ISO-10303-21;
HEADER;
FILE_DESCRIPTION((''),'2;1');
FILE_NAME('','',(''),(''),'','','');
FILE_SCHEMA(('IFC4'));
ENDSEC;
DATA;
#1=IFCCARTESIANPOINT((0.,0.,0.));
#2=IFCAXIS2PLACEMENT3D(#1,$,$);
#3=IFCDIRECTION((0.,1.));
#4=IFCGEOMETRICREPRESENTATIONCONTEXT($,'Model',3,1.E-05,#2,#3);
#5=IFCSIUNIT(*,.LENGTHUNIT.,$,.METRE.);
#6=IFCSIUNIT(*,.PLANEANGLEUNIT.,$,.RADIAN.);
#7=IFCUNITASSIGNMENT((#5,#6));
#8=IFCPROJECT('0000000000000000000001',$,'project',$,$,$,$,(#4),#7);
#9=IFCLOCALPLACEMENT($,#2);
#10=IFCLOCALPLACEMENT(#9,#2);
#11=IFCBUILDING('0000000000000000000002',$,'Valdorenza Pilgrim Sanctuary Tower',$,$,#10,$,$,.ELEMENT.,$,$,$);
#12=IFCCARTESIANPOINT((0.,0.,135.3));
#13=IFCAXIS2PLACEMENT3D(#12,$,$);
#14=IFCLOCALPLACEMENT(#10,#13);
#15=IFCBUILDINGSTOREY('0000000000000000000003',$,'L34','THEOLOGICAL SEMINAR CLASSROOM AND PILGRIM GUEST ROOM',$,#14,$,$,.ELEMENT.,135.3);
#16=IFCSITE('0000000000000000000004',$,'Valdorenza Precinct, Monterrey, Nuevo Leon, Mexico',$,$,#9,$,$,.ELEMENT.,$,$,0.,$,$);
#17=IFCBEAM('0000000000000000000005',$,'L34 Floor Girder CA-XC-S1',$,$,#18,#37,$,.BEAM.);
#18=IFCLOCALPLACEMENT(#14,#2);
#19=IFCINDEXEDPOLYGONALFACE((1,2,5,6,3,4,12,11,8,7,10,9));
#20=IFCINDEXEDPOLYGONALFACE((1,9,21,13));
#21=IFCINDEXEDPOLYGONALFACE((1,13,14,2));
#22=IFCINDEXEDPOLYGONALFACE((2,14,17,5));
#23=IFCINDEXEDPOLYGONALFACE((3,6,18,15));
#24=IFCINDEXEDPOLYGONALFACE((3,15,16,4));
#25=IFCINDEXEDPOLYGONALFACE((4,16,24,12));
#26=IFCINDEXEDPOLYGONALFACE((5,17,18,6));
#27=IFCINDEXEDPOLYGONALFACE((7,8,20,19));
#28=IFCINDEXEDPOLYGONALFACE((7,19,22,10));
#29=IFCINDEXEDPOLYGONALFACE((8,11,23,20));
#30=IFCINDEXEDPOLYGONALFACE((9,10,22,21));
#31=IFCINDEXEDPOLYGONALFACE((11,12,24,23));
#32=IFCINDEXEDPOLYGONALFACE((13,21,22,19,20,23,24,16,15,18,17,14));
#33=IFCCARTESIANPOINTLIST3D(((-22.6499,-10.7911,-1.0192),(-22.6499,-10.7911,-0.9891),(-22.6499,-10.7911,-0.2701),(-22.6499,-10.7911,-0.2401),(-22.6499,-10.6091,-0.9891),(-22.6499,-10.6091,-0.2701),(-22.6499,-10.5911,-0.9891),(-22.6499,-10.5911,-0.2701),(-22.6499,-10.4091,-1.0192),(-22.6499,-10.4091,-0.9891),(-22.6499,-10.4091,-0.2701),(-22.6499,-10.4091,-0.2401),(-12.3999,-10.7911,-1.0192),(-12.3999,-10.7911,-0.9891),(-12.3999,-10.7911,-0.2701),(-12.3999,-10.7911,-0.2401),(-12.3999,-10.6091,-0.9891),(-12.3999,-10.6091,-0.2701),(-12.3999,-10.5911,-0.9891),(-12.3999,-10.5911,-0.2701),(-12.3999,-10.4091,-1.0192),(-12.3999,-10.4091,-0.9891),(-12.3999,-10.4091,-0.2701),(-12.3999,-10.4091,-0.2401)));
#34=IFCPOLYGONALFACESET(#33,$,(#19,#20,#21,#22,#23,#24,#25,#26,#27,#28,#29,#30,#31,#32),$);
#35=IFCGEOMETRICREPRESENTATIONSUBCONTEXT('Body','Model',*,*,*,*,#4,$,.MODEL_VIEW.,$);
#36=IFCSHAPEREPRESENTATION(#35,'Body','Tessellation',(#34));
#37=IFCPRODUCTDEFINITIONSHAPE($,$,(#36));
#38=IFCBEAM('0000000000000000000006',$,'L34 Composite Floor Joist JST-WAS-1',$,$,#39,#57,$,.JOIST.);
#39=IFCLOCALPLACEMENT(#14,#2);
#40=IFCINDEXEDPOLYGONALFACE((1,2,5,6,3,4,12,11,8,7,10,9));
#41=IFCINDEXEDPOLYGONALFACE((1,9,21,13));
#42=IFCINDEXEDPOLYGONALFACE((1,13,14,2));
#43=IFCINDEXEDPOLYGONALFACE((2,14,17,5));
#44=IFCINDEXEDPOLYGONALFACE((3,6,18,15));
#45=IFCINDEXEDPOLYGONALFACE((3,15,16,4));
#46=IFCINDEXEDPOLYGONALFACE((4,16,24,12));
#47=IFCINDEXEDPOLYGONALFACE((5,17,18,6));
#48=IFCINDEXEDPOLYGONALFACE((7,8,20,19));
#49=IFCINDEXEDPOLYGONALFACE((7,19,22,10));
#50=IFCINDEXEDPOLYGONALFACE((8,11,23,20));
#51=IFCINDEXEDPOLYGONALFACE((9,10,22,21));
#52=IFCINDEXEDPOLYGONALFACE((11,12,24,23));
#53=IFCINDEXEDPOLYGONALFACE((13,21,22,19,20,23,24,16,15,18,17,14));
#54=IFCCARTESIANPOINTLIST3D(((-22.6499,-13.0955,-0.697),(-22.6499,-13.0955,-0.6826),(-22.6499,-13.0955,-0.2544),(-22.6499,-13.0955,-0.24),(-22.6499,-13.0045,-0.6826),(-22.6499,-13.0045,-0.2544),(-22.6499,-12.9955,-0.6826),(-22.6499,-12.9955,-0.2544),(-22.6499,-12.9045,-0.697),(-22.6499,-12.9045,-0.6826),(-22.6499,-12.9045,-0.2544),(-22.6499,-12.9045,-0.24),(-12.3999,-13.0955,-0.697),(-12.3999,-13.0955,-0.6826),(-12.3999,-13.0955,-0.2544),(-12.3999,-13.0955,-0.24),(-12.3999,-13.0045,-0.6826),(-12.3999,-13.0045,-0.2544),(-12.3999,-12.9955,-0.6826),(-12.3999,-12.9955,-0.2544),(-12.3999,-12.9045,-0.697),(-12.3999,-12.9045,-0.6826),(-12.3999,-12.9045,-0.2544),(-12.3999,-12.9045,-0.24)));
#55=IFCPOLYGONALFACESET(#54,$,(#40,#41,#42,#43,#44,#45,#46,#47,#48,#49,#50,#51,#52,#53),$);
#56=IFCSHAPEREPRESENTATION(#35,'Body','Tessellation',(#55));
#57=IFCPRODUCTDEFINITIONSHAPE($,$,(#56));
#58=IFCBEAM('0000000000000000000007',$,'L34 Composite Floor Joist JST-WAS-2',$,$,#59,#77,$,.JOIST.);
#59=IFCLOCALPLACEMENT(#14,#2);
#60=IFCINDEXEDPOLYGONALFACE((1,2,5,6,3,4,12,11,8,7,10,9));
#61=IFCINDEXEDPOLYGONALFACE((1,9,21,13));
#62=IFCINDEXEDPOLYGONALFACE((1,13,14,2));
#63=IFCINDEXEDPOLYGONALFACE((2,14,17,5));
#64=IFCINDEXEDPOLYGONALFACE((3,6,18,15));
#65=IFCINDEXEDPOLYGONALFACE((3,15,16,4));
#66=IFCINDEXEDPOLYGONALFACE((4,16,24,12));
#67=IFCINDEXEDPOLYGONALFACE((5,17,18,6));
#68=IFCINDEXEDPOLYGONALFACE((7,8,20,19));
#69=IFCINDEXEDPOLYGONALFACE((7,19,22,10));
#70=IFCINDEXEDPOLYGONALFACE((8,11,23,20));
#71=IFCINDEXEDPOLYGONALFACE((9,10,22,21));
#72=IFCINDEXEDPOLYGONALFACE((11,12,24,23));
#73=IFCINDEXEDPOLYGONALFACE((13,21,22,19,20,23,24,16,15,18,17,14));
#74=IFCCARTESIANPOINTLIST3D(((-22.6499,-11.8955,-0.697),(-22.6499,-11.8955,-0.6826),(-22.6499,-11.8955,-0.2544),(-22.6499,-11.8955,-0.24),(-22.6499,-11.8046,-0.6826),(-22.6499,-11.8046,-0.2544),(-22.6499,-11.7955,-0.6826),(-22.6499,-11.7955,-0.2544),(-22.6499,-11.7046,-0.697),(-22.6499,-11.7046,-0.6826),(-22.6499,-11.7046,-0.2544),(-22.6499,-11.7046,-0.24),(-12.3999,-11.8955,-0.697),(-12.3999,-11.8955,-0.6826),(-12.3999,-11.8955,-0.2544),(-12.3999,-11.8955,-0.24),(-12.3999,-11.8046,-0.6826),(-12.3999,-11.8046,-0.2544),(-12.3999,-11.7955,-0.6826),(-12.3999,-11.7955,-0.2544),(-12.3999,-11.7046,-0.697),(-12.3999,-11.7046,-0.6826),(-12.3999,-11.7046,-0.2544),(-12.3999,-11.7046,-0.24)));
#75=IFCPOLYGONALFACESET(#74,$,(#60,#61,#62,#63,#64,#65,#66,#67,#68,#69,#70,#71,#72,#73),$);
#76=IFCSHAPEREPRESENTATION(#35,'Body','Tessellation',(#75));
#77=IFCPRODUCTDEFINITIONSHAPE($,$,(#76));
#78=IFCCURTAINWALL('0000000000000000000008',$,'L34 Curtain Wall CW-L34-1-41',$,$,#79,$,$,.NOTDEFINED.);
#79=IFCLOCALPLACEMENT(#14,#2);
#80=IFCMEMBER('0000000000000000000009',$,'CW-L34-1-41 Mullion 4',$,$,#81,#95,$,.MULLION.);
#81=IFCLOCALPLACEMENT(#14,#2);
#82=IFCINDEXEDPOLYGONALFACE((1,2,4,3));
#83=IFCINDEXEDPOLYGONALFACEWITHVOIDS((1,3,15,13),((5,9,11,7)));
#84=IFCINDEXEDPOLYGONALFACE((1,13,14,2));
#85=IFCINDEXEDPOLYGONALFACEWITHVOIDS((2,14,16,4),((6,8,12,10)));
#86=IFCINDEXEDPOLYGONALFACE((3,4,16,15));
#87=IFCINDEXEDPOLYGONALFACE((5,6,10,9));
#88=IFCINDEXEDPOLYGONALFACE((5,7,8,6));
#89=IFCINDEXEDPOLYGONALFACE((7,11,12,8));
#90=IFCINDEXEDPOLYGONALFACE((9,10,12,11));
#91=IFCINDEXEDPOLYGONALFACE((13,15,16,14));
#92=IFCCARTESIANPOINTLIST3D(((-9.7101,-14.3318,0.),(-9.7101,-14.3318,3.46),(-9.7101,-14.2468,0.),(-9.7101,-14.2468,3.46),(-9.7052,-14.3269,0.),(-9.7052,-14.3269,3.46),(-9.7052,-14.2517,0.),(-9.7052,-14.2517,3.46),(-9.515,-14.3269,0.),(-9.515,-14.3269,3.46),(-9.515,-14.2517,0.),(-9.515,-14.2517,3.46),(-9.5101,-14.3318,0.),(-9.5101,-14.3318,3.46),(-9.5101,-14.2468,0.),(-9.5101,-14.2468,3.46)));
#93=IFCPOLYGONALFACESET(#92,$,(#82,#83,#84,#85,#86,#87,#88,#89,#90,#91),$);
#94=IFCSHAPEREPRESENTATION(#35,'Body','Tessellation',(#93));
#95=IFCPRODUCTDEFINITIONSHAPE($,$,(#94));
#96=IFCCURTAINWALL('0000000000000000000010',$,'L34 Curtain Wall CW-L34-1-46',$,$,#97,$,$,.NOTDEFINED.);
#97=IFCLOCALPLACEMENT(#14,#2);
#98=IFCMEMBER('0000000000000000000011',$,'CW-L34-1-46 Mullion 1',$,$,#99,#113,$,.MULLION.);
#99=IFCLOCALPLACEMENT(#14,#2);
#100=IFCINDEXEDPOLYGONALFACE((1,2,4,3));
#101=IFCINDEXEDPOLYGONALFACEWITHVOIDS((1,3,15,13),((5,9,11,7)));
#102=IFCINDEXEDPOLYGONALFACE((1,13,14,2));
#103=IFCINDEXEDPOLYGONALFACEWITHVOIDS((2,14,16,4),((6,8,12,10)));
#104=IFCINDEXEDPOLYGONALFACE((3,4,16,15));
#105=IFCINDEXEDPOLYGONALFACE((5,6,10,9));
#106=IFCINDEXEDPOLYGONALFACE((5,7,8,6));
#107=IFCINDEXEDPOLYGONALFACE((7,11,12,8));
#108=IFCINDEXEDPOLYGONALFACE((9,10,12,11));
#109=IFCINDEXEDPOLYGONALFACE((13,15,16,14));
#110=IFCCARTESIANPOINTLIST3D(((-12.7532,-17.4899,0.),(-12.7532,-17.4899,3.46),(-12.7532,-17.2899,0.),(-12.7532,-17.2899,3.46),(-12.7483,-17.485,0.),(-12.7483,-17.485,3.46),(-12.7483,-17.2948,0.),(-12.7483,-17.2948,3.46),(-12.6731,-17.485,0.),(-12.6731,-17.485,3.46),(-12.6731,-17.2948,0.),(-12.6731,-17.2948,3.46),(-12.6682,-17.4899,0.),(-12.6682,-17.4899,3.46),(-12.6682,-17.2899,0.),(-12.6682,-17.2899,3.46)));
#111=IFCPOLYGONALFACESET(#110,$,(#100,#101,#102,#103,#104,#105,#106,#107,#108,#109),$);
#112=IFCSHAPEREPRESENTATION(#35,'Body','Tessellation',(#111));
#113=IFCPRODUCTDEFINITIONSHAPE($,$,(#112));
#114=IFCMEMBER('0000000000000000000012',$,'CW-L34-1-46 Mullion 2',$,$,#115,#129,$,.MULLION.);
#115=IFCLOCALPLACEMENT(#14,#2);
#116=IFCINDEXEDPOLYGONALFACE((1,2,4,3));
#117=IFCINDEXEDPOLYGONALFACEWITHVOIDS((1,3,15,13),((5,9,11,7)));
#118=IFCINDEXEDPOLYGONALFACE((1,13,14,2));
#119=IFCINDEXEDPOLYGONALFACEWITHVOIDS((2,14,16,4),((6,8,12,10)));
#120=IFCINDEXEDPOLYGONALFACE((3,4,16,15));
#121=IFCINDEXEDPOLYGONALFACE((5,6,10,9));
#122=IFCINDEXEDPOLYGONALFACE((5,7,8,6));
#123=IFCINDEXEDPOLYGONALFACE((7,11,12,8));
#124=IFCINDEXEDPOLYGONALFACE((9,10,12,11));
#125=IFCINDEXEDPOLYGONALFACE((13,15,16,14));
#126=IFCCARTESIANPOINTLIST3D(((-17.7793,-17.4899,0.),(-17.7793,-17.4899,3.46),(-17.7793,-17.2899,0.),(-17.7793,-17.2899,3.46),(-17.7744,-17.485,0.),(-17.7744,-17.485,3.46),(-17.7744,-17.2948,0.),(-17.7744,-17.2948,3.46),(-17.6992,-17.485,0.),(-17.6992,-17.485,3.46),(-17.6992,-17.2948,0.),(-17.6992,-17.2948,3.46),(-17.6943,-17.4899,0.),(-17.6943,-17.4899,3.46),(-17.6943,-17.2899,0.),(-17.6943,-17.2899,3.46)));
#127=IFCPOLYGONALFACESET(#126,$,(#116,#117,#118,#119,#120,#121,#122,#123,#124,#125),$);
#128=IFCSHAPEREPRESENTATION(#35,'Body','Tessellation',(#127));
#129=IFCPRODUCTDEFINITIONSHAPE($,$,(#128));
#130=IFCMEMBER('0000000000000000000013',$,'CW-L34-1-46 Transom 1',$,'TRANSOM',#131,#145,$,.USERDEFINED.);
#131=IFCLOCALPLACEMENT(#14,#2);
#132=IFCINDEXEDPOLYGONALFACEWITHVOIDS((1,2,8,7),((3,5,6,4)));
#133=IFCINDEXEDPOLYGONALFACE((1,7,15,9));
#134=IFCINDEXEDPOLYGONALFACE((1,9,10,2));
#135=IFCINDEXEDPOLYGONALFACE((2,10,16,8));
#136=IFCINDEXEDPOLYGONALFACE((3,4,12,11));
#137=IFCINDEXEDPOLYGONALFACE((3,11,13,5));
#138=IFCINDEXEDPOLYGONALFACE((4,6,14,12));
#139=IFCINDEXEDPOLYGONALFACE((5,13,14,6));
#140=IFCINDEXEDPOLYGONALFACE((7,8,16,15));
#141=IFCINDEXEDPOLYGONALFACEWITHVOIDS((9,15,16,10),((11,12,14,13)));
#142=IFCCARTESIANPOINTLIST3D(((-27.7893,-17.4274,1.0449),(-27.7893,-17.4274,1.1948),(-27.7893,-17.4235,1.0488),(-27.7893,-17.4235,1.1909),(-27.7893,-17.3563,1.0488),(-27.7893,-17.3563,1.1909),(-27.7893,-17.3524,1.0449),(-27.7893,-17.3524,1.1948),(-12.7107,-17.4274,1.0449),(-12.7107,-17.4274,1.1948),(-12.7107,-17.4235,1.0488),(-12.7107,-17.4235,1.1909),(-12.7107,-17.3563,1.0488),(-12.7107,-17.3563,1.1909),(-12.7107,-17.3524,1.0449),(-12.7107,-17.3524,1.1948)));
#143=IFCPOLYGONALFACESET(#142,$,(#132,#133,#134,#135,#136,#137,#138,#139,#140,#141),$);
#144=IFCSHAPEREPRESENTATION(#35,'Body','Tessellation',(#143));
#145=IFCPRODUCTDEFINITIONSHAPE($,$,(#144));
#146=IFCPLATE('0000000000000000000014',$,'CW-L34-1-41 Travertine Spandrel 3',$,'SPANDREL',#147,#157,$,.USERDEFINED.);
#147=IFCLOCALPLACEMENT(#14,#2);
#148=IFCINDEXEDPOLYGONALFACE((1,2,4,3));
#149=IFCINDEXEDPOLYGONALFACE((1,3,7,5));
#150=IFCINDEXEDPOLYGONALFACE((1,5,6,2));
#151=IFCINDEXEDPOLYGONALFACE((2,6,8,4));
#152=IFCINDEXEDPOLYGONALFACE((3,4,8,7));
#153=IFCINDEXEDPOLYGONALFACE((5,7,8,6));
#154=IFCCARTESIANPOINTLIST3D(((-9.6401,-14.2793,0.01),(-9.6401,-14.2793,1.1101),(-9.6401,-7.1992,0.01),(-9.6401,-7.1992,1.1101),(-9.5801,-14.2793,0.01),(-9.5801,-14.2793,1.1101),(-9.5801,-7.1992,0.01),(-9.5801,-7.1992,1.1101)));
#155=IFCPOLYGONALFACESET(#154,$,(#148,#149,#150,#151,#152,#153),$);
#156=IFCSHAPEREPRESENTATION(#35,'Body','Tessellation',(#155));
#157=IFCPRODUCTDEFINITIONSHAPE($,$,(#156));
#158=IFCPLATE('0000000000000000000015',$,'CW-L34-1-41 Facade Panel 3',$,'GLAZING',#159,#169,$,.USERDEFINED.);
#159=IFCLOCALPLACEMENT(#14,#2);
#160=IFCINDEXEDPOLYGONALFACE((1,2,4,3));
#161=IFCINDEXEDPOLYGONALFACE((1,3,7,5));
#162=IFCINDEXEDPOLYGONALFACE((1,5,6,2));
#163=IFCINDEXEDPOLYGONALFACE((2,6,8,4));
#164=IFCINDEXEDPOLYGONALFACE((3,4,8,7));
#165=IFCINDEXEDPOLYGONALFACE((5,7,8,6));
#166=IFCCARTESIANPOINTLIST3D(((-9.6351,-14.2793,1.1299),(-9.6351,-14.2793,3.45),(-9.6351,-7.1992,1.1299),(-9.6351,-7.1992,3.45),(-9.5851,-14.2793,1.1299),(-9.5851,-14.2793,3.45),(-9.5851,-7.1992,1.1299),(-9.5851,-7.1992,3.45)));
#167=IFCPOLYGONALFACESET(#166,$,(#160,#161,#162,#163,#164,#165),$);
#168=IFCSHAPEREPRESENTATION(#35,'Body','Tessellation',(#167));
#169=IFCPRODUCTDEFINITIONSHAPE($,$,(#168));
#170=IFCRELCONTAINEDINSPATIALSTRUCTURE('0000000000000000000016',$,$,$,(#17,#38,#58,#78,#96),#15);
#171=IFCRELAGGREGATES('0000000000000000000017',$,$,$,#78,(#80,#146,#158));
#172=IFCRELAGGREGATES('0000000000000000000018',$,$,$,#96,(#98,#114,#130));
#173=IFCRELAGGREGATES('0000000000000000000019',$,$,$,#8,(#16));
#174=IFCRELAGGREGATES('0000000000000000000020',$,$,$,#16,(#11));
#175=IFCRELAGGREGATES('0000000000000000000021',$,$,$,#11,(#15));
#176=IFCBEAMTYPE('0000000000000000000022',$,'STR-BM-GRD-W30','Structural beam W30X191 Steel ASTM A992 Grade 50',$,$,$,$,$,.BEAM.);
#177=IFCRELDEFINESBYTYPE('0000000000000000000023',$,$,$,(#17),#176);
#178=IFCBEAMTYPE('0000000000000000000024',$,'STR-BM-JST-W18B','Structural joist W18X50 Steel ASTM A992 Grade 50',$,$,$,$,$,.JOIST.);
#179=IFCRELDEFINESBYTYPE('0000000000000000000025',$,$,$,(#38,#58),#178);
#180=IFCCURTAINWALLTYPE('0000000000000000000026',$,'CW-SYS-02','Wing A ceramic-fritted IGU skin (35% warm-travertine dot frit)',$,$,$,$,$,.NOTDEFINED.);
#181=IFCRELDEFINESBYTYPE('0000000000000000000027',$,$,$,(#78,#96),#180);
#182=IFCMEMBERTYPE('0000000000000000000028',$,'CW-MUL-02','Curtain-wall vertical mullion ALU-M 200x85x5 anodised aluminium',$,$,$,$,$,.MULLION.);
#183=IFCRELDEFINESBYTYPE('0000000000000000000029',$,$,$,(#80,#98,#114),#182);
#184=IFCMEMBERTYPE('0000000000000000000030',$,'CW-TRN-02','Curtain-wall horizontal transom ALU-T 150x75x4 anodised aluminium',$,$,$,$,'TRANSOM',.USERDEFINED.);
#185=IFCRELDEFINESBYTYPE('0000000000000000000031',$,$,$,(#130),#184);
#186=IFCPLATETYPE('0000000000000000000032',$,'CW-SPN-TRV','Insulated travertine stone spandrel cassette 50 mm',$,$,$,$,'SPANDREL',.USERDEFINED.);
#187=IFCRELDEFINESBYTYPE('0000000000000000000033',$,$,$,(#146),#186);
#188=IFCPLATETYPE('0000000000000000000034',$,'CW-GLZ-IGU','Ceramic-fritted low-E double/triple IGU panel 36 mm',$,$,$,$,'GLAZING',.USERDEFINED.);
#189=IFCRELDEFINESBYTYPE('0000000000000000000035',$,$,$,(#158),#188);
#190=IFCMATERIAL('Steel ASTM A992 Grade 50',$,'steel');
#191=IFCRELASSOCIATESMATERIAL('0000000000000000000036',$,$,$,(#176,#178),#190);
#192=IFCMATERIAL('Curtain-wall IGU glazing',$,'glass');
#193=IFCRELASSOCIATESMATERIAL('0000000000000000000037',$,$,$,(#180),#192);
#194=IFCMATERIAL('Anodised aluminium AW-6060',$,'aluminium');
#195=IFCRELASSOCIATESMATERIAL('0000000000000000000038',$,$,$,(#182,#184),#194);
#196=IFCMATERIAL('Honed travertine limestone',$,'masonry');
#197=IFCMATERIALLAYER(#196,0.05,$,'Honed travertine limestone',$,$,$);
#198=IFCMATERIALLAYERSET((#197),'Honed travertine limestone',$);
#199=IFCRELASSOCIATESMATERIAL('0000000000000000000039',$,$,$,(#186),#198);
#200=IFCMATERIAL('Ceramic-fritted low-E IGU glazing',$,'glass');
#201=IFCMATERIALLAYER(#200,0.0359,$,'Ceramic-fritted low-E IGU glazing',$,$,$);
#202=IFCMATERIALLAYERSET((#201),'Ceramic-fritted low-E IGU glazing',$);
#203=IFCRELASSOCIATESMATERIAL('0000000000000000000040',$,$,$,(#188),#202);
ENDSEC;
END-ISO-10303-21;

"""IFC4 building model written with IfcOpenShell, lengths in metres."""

from ifc_helpers import new_model, si_unit, direction, frame, origin, origin_2d, place, context, subcontext, project, spatial, rectangle, hollow_rectangle, i_section, extrude, source, transform, mapped, material, layer, layer_set, material_profile, profile_set, type_object, element, aggregate, save


model = new_model("IFC4")

# Units and contexts
model_context = context("Model", 3, precision=1e-05, world=origin(), true_north=direction((0.0, 1.0)))
body_context = subcontext(model_context, "Body", "Model", "MODEL_VIEW")
ifc_project = project(units=[si_unit("LENGTHUNIT", "METRE"), si_unit("PLANEANGLEUNIT", "RADIAN")], contexts=[model_context])

# Site, building, storey
site_placement = place(None, origin())
site = spatial("IfcSite", under=ifc_project, at=site_placement, Name="Valdorenza Precinct, Monterrey, Nuevo Leon, Mexico", CompositionType="ELEMENT", RefElevation=0.0)
building_placement = place(site_placement, origin())
building = spatial("IfcBuilding", under=site, at=building_placement, Name="Valdorenza Pilgrim Sanctuary Tower", CompositionType="ELEMENT")
storey_placement = place(building_placement, frame((0.0, 0.0, 135.3)))
storey = spatial("IfcBuildingStorey", under=building, at=storey_placement, Name="L34", Description="THEOLOGICAL SEMINAR CLASSROOM AND PILGRIM GUEST ROOM", CompositionType="ELEMENT", Elevation=135.3)

# Shared definitions
ifc_material_1 = material(Name="Steel ASTM A992 Grade 50", Category="steel")

# Beams
ifc_material_profile_1 = material_profile(ifc_material_1, i_section(OverallWidth=0.3821, OverallDepth=0.7791, WebThickness=0.0181, FlangeThickness=0.03, at=origin_2d()), Name="W30X191")
ifc_profile_set_1 = profile_set([ifc_material_profile_1], Name="Steel ASTM A992 Grade 50")
beam_type_1 = type_object("IfcBeamType", Name="STR-BM-GRD-W30", Description="Structural beam W30X191 Steel ASTM A992 Grade 50", PredefinedType="BEAM", material=ifc_profile_set_1)
shared_shape_1 = source(origin(), body_context, "Body", "SweptSolid", [
    extrude(i_section(OverallWidth=0.3821, OverallDepth=0.7791, WebThickness=0.0181, FlangeThickness=0.03, at=origin_2d()), origin(), (0.0, 0.0, 1.0), 10.25),
])
beam_1_placement = place(storey_placement, frame((-22.6499, -10.6001, -0.6296), z_axis=(1.0, 0.0, 0.0), x_axis=(0.0, 1.0, 0.0)))
element("IfcBeam", 1, at=beam_1_placement, inside=storey, type_object=beam_type_1, Name="L34 Floor Girder CA-XC-S1", PredefinedType="BEAM", context=body_context, shape_type="MappedRepresentation", body=[
    mapped(shared_shape_1, transform((0.0, 0.0, 0.0), x_axis=(1.0, 0.0, 0.0), y_axis=(0.0, 1.0, 0.0), z_axis=(0.0, 0.0, 1.0), scale=1.0)),
])
ifc_material_profile_2 = material_profile(ifc_material_1, i_section(OverallWidth=0.1909, OverallDepth=0.457, WebThickness=0.009, FlangeThickness=0.0144, at=origin_2d()), Name="W18X50")
ifc_profile_set_2 = profile_set([ifc_material_profile_2], Name="Steel ASTM A992 Grade 50")
beam_type_2 = type_object("IfcBeamType", Name="STR-BM-JST-W18B", Description="Structural joist W18X50 Steel ASTM A992 Grade 50", PredefinedType="JOIST", material=ifc_profile_set_2)
shared_shape_2 = source(origin(), body_context, "Body", "SweptSolid", [
    extrude(i_section(OverallWidth=0.1909, OverallDepth=0.457, WebThickness=0.009, FlangeThickness=0.0144, at=origin_2d()), origin(), (0.0, 0.0, 1.0), 10.25),
])
for number, where, z_axis, x_axis, name in (
    (2, (-22.6499, -13.0, -0.4685), (1.0, 0.0, 0.0), (0.0, 1.0, 0.0), "L34 Composite Floor Joist JST-WAS-1"),
    (3, (-22.6499, -11.8, -0.4685), (1.0, 0.0, 0.0), (0.0, 1.0, 0.0), "L34 Composite Floor Joist JST-WAS-2"),
):
    element("IfcBeam", number, at=place(storey_placement, frame(where, z_axis=z_axis, x_axis=x_axis)), inside=storey, type_object=beam_type_2, Name=name, PredefinedType="JOIST", context=body_context, shape_type="MappedRepresentation", body=[
        mapped(shared_shape_2, transform((0.0, 0.0, 0.0), x_axis=(1.0, 0.0, 0.0), y_axis=(0.0, 1.0, 0.0), z_axis=(0.0, 0.0, 1.0), scale=1.0)),
    ])

# Curtain wall, member
ifc_material_2 = material(Name="Curtain-wall IGU glazing", Category="glass")
curtain_wall_type = type_object("IfcCurtainWallType", Name="CW-SYS-02", Description="Wing A ceramic-fritted IGU skin (35% warm-travertine dot frit)", PredefinedType="NOTDEFINED", material=ifc_material_2)
curtain_wall_1_placement = place(storey_placement, origin())
curtain_wall_1 = element("IfcCurtainWall", 4, at=curtain_wall_1_placement, inside=storey, type_object=curtain_wall_type, Name="L34 Curtain Wall CW-L34-1-41", PredefinedType="NOTDEFINED")
ifc_material_3 = material(Name="Anodised aluminium AW-6060", Category="aluminium")
ifc_material_profile_3 = material_profile(ifc_material_3, hollow_rectangle(XDim=0.085, YDim=0.2, WallThickness=0.0049, at=origin_2d()), Name="ALU-M 200x85x5")
ifc_profile_set_3 = profile_set([ifc_material_profile_3], Name="Anodised aluminium AW-6060")
member_type_1 = type_object("IfcMemberType", Name="CW-MUL-02", Description="Curtain-wall vertical mullion ALU-M 200x85x5 anodised aluminium", PredefinedType="MULLION", material=ifc_profile_set_3)
shared_shape_3 = source(origin(), body_context, "Body", "SweptSolid", [
    extrude(hollow_rectangle(XDim=0.085, YDim=0.2, WallThickness=0.0049, at=origin_2d()), origin(), (0.0, 0.0, 1.0), 3.46),
])
member_1_placement = place(storey_placement, frame((-9.6101, -14.2893, 0.0), z_axis=(0.0, 0.0, 1.0), x_axis=(0.0, -1.0, 0.0)))
member_1 = element("IfcMember", 5, at=member_1_placement, type_object=member_type_1, Name="CW-L34-1-41 Mullion 4", PredefinedType="MULLION", context=body_context, shape_type="MappedRepresentation", body=[
    mapped(shared_shape_3, transform((0.0, 0.0, 0.0), x_axis=(1.0, 0.0, 0.0), y_axis=(0.0, 1.0, 0.0), z_axis=(0.0, 0.0, 1.0), scale=1.0)),
])

# Curtain wall, members
curtain_wall_2_placement = place(storey_placement, origin())
curtain_wall_2 = element("IfcCurtainWall", 6, at=curtain_wall_2_placement, inside=storey, type_object=curtain_wall_type, Name="L34 Curtain Wall CW-L34-1-46", PredefinedType="NOTDEFINED")
member_2_placement = place(storey_placement, frame((-12.7107, -17.3899, 0.0), z_axis=(0.0, 0.0, 1.0), x_axis=(-1.0, 0.0, 0.0)))
member_2 = element("IfcMember", 7, at=member_2_placement, type_object=member_type_1, Name="CW-L34-1-46 Mullion 1", PredefinedType="MULLION", context=body_context, shape_type="MappedRepresentation", body=[
    mapped(shared_shape_3, transform((0.0, 0.0, 0.0), x_axis=(1.0, 0.0, 0.0), y_axis=(0.0, 1.0, 0.0), z_axis=(0.0, 0.0, 1.0), scale=1.0)),
])
member_3_placement = place(storey_placement, frame((-17.7368, -17.3899, 0.0), z_axis=(0.0, 0.0, 1.0), x_axis=(-1.0, 0.0, 0.0)))
member_3 = element("IfcMember", 8, at=member_3_placement, type_object=member_type_1, Name="CW-L34-1-46 Mullion 2", PredefinedType="MULLION", context=body_context, shape_type="MappedRepresentation", body=[
    mapped(shared_shape_3, transform((0.0, 0.0, 0.0), x_axis=(1.0, 0.0, 0.0), y_axis=(0.0, 1.0, 0.0), z_axis=(0.0, 0.0, 1.0), scale=1.0)),
])
ifc_material_profile_4 = material_profile(ifc_material_3, hollow_rectangle(XDim=0.075, YDim=0.1499, WallThickness=0.0039, at=origin_2d()), Name="ALU-T 150x75x4")
ifc_profile_set_4 = profile_set([ifc_material_profile_4], Name="Anodised aluminium AW-6060")
member_type_2 = type_object("IfcMemberType", Name="CW-TRN-02", Description="Curtain-wall horizontal transom ALU-T 150x75x4 anodised aluminium", ElementType="TRANSOM", PredefinedType="USERDEFINED", material=ifc_profile_set_4)
shared_shape_4 = source(origin(), body_context, "Body", "SweptSolid", [
    extrude(hollow_rectangle(XDim=0.075, YDim=0.1499, WallThickness=0.0039, at=origin_2d()), origin(), (0.0, 0.0, 1.0), 15.0786),
])
member_4_placement = place(storey_placement, frame((-12.7107, -17.3899, 1.1199), z_axis=(-1.0, 0.0, 0.0), x_axis=(0.0, -1.0, 0.0)))
member_4 = element("IfcMember", 9, at=member_4_placement, type_object=member_type_2, Name="CW-L34-1-46 Transom 1", ObjectType="TRANSOM", PredefinedType="USERDEFINED", context=body_context, shape_type="MappedRepresentation", body=[
    mapped(shared_shape_4, transform((0.0, 0.0, 0.0), x_axis=(1.0, 0.0, 0.0), y_axis=(0.0, 1.0, 0.0), z_axis=(0.0, 0.0, 1.0), scale=1.0)),
])

# Plates
ifc_material_4 = material(Name="Honed travertine limestone", Category="masonry")
ifc_layer_1 = layer(ifc_material_4, 0.05, Name="Honed travertine limestone")
ifc_layer_set_1 = layer_set([ifc_layer_1], Name="Honed travertine limestone")
plate_type_1 = type_object("IfcPlateType", Name="CW-SPN-TRV", Description="Insulated travertine stone spandrel cassette 50 mm", ElementType="SPANDREL", PredefinedType="USERDEFINED", material=ifc_layer_set_1)
shared_shape_5 = source(origin(), body_context, "Body", "SweptSolid", [
    extrude(rectangle(XDim=7.0801, YDim=0.0601, at=origin_2d()), origin(), (0.0, 0.0, 1.0), 1.1001),
])
plate_1_placement = place(storey_placement, frame((-9.6101, -10.7393, 0.01), z_axis=(0.0, 0.0, 1.0), x_axis=(0.0, -1.0, 0.0)))
plate_1 = element("IfcPlate", 10, at=plate_1_placement, type_object=plate_type_1, Name="CW-L34-1-41 Travertine Spandrel 3", ObjectType="SPANDREL", PredefinedType="USERDEFINED", context=body_context, shape_type="MappedRepresentation", body=[
    mapped(shared_shape_5, transform((0.0, 0.0, 0.0), x_axis=(1.0, 0.0, 0.0), y_axis=(0.0, 1.0, 0.0), z_axis=(0.0, 0.0, 1.0), scale=1.0)),
])
ifc_material_5 = material(Name="Ceramic-fritted low-E IGU glazing", Category="glass")
ifc_layer_2 = layer(ifc_material_5, 0.0359, Name="Ceramic-fritted low-E IGU glazing")
ifc_layer_set_2 = layer_set([ifc_layer_2], Name="Ceramic-fritted low-E IGU glazing")
plate_type_2 = type_object("IfcPlateType", Name="CW-GLZ-IGU", Description="Ceramic-fritted low-E double/triple IGU panel 36 mm", ElementType="GLAZING", PredefinedType="USERDEFINED", material=ifc_layer_set_2)
shared_shape_6 = source(origin(), body_context, "Body", "SweptSolid", [
    extrude(rectangle(XDim=7.0801, YDim=0.05, at=origin_2d()), origin(), (0.0, 0.0, 1.0), 2.3201),
])
plate_2_placement = place(storey_placement, frame((-9.6101, -10.7393, 1.1299), z_axis=(0.0, 0.0, 1.0), x_axis=(0.0, -1.0, 0.0)))
plate_2 = element("IfcPlate", 11, at=plate_2_placement, type_object=plate_type_2, Name="CW-L34-1-41 Facade Panel 3", ObjectType="GLAZING", PredefinedType="USERDEFINED", context=body_context, shape_type="MappedRepresentation", body=[
    mapped(shared_shape_6, transform((0.0, 0.0, 0.0), x_axis=(1.0, 0.0, 0.0), y_axis=(0.0, 1.0, 0.0), z_axis=(0.0, 0.0, 1.0), scale=1.0)),
])
aggregate(curtain_wall_1, [member_1, plate_1, plate_2])
aggregate(curtain_wall_2, [member_2, member_3, member_4])

save(model, "model.ifc")
